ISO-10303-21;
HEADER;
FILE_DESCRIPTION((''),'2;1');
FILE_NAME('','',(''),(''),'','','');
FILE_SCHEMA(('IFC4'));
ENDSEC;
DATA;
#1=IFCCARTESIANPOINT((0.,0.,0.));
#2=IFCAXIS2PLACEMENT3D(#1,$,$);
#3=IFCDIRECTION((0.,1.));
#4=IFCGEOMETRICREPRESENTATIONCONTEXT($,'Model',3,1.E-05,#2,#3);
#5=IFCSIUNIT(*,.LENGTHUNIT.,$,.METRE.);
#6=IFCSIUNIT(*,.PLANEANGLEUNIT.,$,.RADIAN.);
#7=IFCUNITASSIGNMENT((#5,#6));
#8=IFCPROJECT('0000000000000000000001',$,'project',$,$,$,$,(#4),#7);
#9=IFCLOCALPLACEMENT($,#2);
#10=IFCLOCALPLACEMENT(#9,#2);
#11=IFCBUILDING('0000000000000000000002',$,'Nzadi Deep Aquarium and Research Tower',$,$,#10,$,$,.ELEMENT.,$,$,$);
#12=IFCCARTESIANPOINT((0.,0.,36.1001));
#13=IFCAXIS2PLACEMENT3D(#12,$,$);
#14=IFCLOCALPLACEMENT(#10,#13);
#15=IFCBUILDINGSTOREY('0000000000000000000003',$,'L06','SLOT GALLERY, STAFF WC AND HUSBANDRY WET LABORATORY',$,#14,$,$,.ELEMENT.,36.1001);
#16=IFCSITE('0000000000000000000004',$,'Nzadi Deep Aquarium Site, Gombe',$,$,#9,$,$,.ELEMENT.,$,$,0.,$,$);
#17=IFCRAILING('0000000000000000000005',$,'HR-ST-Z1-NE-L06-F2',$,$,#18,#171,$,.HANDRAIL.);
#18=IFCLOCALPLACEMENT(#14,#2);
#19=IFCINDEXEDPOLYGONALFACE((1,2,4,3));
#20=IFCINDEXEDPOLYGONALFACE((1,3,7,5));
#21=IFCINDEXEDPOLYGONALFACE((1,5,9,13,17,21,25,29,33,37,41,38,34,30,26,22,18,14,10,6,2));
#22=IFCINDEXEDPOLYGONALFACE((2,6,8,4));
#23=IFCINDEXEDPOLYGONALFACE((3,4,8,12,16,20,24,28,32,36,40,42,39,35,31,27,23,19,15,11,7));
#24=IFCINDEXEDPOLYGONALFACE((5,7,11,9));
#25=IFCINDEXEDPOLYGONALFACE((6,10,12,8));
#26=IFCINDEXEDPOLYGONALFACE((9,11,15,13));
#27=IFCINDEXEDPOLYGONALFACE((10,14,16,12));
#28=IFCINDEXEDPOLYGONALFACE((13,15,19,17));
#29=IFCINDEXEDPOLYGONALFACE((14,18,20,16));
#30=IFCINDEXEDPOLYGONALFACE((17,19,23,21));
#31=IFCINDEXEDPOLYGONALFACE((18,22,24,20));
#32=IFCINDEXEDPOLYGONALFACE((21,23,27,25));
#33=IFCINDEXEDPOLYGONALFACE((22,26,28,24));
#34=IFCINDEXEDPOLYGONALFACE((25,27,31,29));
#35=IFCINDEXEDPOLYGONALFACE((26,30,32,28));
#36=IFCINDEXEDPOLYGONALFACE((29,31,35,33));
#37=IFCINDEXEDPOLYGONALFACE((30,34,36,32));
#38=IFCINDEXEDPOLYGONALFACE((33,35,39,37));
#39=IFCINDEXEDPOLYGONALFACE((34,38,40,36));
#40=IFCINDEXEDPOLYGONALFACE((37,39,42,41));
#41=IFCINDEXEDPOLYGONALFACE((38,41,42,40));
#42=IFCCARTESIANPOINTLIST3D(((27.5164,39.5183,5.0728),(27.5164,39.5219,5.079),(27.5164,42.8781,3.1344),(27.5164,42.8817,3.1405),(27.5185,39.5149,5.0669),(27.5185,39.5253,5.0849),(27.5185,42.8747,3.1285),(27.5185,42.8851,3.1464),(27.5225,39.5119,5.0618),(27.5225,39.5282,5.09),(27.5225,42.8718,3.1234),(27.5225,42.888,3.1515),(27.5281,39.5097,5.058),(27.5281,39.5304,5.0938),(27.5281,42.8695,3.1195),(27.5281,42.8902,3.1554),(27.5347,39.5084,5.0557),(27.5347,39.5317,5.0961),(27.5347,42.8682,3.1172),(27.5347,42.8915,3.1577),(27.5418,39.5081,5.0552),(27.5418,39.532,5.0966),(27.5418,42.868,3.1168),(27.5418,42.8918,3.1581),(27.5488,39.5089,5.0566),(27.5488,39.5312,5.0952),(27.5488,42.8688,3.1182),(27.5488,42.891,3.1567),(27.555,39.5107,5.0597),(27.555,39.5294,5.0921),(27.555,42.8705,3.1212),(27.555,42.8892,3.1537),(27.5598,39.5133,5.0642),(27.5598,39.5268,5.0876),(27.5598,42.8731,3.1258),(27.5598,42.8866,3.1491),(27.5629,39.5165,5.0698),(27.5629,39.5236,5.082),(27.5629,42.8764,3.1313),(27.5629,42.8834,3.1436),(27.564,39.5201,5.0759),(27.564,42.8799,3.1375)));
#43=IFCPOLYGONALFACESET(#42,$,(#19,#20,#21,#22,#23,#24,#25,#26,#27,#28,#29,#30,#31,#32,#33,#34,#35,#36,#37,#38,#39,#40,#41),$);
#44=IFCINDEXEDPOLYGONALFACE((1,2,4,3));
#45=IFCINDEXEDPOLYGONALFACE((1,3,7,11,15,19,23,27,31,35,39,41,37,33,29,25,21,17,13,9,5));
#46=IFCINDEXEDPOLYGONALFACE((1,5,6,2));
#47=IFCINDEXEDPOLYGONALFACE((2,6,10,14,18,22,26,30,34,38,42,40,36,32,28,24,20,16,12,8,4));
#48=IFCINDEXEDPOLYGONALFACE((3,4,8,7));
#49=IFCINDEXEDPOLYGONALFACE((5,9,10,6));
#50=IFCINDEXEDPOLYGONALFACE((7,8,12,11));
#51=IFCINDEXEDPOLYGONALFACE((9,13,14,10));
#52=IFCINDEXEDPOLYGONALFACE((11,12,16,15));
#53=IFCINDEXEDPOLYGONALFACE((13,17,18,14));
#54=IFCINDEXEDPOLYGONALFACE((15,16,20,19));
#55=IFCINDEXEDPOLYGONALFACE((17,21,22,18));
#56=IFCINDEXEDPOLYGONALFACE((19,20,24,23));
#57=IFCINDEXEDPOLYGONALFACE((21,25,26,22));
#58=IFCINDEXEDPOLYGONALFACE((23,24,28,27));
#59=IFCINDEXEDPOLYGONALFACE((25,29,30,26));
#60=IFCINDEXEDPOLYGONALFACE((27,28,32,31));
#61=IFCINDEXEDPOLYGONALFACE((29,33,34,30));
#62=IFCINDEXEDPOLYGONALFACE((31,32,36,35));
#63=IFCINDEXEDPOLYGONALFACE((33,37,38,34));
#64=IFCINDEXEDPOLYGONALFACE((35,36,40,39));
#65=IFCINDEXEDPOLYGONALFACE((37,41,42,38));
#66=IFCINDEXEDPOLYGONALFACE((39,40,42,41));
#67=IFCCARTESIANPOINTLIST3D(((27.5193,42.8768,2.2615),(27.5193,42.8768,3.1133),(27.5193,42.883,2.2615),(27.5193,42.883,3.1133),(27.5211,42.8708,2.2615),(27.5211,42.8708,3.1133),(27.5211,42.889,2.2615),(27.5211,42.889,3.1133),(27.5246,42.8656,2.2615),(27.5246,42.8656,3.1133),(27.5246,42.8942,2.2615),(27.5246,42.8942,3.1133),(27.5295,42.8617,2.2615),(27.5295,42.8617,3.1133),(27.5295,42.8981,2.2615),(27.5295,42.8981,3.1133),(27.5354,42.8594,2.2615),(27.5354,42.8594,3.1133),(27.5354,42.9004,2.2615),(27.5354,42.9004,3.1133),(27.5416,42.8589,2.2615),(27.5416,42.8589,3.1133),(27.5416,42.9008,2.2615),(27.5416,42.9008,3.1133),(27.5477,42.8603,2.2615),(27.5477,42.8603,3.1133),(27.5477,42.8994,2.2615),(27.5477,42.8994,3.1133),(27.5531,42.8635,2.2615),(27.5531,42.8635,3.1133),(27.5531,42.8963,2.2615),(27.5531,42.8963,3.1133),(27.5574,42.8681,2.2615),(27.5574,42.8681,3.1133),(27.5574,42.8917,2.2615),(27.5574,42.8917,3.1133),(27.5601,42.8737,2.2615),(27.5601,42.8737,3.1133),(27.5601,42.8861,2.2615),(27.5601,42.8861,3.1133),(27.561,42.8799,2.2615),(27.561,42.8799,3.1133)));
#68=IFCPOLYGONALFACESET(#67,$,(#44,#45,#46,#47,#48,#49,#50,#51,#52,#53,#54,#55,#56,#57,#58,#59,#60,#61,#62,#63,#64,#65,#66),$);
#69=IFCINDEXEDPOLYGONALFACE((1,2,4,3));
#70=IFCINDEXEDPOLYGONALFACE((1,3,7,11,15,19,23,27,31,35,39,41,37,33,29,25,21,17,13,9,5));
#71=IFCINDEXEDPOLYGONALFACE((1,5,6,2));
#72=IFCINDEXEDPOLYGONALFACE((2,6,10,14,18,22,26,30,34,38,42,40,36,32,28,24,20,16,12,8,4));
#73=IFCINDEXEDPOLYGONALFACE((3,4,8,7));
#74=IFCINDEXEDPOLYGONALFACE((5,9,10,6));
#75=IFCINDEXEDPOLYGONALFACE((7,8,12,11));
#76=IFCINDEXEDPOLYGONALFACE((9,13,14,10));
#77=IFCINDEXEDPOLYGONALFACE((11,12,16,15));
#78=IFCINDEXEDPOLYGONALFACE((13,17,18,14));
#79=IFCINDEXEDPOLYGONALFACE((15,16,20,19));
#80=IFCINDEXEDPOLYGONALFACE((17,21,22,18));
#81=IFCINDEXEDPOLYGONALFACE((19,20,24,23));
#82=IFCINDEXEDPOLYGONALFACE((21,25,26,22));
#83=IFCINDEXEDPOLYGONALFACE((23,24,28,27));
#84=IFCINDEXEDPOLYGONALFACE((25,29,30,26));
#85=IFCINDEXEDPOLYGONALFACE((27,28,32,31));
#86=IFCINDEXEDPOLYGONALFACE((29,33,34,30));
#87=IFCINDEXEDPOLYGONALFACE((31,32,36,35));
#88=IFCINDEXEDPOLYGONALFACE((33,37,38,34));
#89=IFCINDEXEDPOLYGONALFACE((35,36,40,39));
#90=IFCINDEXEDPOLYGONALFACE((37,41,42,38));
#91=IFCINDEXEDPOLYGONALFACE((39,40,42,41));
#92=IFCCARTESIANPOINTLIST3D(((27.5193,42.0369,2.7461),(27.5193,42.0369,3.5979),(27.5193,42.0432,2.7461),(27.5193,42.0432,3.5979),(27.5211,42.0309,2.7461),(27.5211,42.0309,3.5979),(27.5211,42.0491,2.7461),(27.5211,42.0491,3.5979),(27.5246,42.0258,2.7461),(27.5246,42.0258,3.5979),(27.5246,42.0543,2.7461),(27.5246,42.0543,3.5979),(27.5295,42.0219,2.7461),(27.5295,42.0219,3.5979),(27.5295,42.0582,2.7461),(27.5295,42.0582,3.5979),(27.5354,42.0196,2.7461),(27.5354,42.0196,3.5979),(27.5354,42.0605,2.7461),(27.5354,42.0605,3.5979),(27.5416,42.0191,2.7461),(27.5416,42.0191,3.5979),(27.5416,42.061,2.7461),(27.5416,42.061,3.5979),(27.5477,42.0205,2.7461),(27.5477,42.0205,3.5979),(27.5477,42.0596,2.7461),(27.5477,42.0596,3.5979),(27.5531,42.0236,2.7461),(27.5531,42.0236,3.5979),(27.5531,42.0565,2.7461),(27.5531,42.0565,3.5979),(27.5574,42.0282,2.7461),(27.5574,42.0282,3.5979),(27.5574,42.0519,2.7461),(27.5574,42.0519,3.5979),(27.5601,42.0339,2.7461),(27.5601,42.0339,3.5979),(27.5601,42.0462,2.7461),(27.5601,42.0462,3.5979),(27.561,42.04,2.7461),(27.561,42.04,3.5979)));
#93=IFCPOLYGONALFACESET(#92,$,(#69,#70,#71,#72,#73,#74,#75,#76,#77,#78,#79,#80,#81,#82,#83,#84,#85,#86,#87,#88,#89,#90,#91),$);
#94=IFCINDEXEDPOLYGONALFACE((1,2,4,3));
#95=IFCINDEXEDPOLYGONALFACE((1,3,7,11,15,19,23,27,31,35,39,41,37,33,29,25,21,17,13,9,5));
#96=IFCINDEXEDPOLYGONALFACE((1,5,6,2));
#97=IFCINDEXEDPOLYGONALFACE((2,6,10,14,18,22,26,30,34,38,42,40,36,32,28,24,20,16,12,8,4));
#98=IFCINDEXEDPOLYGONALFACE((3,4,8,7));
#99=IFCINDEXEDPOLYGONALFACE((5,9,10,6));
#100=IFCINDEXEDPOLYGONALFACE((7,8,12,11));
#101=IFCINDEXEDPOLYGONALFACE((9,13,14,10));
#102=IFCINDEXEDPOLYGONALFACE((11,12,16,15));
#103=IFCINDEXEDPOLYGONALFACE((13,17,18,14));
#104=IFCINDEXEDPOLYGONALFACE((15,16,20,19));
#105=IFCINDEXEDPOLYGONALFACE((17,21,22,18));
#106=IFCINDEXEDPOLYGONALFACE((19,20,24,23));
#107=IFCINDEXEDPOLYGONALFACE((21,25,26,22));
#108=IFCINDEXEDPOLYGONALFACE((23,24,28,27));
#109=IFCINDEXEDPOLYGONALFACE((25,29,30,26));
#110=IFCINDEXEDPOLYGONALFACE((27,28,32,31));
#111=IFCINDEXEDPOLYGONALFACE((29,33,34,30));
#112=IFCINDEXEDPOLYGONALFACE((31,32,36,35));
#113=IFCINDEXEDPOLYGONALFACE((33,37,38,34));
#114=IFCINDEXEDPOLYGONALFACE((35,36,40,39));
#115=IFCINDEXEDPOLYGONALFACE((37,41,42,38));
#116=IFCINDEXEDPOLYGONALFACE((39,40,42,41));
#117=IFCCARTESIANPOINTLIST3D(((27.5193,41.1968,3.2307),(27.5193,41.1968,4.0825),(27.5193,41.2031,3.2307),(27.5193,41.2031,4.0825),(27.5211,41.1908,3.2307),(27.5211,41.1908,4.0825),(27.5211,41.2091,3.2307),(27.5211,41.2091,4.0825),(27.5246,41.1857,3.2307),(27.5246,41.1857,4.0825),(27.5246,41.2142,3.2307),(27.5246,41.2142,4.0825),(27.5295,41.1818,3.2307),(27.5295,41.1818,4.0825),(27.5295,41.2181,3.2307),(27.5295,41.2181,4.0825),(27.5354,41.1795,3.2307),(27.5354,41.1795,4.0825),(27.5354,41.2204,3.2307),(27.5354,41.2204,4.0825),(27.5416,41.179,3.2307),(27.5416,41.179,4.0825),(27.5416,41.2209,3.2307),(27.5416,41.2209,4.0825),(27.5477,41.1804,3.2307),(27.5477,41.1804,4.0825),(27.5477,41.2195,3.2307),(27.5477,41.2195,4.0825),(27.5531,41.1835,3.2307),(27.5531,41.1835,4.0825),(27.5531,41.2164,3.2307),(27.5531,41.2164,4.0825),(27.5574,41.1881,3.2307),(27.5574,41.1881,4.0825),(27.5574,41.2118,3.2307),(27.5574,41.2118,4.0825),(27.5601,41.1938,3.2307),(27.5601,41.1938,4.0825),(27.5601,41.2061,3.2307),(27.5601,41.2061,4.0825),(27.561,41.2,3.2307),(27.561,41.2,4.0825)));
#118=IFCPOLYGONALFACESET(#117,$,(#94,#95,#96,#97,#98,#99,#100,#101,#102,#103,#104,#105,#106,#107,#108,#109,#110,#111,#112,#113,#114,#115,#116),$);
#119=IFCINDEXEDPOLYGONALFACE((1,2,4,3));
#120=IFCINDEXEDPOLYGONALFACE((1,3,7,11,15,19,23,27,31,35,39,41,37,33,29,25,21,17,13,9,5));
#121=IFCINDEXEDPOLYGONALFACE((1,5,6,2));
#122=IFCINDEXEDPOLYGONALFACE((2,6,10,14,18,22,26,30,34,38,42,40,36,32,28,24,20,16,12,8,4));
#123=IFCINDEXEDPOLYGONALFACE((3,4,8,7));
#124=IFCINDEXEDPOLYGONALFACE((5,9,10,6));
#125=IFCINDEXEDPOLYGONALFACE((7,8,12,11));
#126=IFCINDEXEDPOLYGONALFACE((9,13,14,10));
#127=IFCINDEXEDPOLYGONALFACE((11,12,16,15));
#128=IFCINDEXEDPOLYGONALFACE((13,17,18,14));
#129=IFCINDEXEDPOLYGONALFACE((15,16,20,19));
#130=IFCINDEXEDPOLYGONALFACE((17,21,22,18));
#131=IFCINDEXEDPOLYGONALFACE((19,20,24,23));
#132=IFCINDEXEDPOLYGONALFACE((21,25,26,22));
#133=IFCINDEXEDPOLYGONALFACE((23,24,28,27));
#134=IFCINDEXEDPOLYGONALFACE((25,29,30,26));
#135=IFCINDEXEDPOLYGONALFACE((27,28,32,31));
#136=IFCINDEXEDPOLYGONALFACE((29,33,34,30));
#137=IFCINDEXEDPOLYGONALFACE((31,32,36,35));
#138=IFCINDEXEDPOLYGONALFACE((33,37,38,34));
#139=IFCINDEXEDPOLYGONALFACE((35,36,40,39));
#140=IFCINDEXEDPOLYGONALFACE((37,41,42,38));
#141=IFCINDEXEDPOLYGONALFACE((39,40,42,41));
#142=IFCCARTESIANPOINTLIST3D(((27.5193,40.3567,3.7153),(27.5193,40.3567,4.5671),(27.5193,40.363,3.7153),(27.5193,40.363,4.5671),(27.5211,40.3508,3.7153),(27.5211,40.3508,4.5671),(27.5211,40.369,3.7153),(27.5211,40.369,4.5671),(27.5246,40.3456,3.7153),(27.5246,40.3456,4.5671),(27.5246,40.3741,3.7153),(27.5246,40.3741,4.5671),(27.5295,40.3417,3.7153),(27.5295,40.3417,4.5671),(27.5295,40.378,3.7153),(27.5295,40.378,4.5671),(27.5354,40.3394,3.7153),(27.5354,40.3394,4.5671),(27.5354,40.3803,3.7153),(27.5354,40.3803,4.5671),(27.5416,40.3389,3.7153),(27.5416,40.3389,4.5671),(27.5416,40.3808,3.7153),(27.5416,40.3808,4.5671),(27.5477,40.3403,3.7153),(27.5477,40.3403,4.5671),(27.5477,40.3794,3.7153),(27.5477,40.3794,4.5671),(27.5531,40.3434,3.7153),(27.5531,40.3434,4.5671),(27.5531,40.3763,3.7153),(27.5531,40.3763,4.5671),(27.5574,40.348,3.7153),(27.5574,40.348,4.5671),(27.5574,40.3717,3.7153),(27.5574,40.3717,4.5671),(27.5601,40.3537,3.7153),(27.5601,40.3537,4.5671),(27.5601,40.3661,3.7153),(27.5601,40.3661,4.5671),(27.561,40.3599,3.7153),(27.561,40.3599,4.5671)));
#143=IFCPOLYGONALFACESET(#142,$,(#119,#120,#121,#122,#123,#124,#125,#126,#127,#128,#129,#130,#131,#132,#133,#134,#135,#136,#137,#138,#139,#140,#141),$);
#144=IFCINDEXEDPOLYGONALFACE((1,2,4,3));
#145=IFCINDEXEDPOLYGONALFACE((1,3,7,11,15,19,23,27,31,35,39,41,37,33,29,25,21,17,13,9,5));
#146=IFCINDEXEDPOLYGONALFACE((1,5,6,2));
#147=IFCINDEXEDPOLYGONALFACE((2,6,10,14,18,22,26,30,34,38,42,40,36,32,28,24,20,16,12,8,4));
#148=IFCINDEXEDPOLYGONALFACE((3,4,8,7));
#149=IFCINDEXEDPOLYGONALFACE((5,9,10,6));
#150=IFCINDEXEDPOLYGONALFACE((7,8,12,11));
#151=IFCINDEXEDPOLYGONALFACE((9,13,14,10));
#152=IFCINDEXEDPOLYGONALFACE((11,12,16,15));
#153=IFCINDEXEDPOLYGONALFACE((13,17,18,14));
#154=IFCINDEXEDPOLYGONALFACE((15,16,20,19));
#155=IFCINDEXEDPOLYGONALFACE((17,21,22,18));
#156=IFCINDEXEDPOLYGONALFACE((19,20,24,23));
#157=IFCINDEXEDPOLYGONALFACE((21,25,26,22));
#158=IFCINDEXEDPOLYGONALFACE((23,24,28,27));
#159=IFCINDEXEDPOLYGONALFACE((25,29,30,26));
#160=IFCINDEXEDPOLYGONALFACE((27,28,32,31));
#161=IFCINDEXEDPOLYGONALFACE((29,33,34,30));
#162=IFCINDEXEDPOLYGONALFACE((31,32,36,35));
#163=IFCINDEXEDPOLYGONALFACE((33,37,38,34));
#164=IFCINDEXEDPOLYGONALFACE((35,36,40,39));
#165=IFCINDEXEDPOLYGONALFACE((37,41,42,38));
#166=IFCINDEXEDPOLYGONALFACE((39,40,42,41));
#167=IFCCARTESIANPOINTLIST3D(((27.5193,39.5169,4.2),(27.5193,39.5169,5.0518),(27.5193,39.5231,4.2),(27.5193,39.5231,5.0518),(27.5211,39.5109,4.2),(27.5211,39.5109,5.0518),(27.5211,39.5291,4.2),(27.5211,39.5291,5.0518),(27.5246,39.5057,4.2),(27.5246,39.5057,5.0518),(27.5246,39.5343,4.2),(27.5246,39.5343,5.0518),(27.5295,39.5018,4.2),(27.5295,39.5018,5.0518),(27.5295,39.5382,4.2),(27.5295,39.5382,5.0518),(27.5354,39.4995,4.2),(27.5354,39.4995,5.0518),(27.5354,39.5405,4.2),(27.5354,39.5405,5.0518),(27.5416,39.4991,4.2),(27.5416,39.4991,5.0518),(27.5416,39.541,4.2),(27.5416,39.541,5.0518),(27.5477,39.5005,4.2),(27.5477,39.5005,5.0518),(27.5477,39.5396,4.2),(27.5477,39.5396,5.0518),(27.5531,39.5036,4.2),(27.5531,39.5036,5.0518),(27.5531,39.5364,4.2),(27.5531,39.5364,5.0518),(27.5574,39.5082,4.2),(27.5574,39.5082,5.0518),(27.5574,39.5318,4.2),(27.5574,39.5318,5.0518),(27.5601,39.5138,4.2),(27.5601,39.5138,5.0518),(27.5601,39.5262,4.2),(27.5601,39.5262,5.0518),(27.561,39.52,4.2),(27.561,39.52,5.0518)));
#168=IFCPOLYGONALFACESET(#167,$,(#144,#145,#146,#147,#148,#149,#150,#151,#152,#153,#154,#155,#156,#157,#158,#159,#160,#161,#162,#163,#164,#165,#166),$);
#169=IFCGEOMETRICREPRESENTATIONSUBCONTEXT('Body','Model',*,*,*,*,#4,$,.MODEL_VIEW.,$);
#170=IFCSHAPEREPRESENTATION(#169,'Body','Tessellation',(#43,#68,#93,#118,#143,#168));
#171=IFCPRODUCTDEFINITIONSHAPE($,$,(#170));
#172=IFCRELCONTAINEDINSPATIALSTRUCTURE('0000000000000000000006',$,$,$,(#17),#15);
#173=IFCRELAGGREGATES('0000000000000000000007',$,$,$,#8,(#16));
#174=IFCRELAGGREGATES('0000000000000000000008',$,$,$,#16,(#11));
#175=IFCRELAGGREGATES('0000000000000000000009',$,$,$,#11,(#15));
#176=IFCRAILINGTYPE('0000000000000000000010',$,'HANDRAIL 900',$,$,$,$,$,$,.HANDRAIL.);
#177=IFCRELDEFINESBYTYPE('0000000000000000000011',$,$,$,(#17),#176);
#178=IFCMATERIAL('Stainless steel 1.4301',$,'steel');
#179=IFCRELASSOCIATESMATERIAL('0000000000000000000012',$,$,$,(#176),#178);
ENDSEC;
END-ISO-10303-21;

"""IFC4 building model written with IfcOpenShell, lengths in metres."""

from ifc_helpers import new_model, si_unit, direction, frame, origin, origin_2d, place, context, subcontext, project, spatial, circle, extrude, material, type_object, element, save


model = new_model("IFC4")

# Units and contexts
model_context = context("Model", 3, precision=1e-05, world=origin(), true_north=direction((0.0, 1.0)))
body_context = subcontext(model_context, "Body", "Model", "MODEL_VIEW")
ifc_project = project(units=[si_unit("LENGTHUNIT", "METRE"), si_unit("PLANEANGLEUNIT", "RADIAN")], contexts=[model_context])

# Site, building, storey
site_placement = place(None, origin())
site = spatial("IfcSite", under=ifc_project, at=site_placement, Name="Nzadi Deep Aquarium Site, Gombe", CompositionType="ELEMENT", RefElevation=0.0)
building_placement = place(site_placement, origin())
building = spatial("IfcBuilding", under=site, at=building_placement, Name="Nzadi Deep Aquarium and Research Tower", CompositionType="ELEMENT")
storey_placement = place(building_placement, frame((0.0, 0.0, 36.1001)))
storey = spatial("IfcBuildingStorey", under=building, at=storey_placement, Name="L06", Description="SLOT GALLERY, STAFF WC AND HUSBANDRY WET LABORATORY", CompositionType="ELEMENT", Elevation=36.1001)

# Railing
ifc_material_1 = material(Name="Stainless steel 1.4301", Category="steel")
railing_type = type_object("IfcRailingType", Name="HANDRAIL 900", PredefinedType="HANDRAIL", material=ifc_material_1)
for number, where, name in (
    (1, (27.54, 42.8799, 2.2615), "HR-ST-Z1-NE-L06-F2"),
):
    element("IfcRailing", number, at=place(storey_placement, frame(where)), inside=storey, type_object=railing_type, Name=name, PredefinedType="HANDRAIL", context=body_context, shape_type="SweptSolid", body=[
        extrude(circle(Radius=0.0239, at=origin_2d()), frame((0.0, 0.0, 0.876), z_axis=(0.0, -0.866175, 0.499741), x_axis=(1.0, 0.0, 0.0)), (0.0, 0.0, 1.0), 3.8789),
        extrude(circle(Radius=0.021, at=origin_2d()), origin(), (0.0, 0.0, 1.0), 0.8518),
        extrude(circle(Radius=0.021, at=origin_2d()), frame((0.0, -0.8398, 0.4846)), (0.0, 0.0, 1.0), 0.8518),
        extrude(circle(Radius=0.021, at=origin_2d()), frame((0.0, -1.6799, 0.9692)), (0.0, 0.0, 1.0), 0.8518),
        extrude(circle(Radius=0.021, at=origin_2d()), frame((0.0, -2.52, 1.4539)), (0.0, 0.0, 1.0), 0.8518),
        extrude(circle(Radius=0.021, at=origin_2d()), frame((0.0, -3.3599, 1.9385)), (0.0, 0.0, 1.0), 0.8518),
    ])

save(model, "model.ifc")
